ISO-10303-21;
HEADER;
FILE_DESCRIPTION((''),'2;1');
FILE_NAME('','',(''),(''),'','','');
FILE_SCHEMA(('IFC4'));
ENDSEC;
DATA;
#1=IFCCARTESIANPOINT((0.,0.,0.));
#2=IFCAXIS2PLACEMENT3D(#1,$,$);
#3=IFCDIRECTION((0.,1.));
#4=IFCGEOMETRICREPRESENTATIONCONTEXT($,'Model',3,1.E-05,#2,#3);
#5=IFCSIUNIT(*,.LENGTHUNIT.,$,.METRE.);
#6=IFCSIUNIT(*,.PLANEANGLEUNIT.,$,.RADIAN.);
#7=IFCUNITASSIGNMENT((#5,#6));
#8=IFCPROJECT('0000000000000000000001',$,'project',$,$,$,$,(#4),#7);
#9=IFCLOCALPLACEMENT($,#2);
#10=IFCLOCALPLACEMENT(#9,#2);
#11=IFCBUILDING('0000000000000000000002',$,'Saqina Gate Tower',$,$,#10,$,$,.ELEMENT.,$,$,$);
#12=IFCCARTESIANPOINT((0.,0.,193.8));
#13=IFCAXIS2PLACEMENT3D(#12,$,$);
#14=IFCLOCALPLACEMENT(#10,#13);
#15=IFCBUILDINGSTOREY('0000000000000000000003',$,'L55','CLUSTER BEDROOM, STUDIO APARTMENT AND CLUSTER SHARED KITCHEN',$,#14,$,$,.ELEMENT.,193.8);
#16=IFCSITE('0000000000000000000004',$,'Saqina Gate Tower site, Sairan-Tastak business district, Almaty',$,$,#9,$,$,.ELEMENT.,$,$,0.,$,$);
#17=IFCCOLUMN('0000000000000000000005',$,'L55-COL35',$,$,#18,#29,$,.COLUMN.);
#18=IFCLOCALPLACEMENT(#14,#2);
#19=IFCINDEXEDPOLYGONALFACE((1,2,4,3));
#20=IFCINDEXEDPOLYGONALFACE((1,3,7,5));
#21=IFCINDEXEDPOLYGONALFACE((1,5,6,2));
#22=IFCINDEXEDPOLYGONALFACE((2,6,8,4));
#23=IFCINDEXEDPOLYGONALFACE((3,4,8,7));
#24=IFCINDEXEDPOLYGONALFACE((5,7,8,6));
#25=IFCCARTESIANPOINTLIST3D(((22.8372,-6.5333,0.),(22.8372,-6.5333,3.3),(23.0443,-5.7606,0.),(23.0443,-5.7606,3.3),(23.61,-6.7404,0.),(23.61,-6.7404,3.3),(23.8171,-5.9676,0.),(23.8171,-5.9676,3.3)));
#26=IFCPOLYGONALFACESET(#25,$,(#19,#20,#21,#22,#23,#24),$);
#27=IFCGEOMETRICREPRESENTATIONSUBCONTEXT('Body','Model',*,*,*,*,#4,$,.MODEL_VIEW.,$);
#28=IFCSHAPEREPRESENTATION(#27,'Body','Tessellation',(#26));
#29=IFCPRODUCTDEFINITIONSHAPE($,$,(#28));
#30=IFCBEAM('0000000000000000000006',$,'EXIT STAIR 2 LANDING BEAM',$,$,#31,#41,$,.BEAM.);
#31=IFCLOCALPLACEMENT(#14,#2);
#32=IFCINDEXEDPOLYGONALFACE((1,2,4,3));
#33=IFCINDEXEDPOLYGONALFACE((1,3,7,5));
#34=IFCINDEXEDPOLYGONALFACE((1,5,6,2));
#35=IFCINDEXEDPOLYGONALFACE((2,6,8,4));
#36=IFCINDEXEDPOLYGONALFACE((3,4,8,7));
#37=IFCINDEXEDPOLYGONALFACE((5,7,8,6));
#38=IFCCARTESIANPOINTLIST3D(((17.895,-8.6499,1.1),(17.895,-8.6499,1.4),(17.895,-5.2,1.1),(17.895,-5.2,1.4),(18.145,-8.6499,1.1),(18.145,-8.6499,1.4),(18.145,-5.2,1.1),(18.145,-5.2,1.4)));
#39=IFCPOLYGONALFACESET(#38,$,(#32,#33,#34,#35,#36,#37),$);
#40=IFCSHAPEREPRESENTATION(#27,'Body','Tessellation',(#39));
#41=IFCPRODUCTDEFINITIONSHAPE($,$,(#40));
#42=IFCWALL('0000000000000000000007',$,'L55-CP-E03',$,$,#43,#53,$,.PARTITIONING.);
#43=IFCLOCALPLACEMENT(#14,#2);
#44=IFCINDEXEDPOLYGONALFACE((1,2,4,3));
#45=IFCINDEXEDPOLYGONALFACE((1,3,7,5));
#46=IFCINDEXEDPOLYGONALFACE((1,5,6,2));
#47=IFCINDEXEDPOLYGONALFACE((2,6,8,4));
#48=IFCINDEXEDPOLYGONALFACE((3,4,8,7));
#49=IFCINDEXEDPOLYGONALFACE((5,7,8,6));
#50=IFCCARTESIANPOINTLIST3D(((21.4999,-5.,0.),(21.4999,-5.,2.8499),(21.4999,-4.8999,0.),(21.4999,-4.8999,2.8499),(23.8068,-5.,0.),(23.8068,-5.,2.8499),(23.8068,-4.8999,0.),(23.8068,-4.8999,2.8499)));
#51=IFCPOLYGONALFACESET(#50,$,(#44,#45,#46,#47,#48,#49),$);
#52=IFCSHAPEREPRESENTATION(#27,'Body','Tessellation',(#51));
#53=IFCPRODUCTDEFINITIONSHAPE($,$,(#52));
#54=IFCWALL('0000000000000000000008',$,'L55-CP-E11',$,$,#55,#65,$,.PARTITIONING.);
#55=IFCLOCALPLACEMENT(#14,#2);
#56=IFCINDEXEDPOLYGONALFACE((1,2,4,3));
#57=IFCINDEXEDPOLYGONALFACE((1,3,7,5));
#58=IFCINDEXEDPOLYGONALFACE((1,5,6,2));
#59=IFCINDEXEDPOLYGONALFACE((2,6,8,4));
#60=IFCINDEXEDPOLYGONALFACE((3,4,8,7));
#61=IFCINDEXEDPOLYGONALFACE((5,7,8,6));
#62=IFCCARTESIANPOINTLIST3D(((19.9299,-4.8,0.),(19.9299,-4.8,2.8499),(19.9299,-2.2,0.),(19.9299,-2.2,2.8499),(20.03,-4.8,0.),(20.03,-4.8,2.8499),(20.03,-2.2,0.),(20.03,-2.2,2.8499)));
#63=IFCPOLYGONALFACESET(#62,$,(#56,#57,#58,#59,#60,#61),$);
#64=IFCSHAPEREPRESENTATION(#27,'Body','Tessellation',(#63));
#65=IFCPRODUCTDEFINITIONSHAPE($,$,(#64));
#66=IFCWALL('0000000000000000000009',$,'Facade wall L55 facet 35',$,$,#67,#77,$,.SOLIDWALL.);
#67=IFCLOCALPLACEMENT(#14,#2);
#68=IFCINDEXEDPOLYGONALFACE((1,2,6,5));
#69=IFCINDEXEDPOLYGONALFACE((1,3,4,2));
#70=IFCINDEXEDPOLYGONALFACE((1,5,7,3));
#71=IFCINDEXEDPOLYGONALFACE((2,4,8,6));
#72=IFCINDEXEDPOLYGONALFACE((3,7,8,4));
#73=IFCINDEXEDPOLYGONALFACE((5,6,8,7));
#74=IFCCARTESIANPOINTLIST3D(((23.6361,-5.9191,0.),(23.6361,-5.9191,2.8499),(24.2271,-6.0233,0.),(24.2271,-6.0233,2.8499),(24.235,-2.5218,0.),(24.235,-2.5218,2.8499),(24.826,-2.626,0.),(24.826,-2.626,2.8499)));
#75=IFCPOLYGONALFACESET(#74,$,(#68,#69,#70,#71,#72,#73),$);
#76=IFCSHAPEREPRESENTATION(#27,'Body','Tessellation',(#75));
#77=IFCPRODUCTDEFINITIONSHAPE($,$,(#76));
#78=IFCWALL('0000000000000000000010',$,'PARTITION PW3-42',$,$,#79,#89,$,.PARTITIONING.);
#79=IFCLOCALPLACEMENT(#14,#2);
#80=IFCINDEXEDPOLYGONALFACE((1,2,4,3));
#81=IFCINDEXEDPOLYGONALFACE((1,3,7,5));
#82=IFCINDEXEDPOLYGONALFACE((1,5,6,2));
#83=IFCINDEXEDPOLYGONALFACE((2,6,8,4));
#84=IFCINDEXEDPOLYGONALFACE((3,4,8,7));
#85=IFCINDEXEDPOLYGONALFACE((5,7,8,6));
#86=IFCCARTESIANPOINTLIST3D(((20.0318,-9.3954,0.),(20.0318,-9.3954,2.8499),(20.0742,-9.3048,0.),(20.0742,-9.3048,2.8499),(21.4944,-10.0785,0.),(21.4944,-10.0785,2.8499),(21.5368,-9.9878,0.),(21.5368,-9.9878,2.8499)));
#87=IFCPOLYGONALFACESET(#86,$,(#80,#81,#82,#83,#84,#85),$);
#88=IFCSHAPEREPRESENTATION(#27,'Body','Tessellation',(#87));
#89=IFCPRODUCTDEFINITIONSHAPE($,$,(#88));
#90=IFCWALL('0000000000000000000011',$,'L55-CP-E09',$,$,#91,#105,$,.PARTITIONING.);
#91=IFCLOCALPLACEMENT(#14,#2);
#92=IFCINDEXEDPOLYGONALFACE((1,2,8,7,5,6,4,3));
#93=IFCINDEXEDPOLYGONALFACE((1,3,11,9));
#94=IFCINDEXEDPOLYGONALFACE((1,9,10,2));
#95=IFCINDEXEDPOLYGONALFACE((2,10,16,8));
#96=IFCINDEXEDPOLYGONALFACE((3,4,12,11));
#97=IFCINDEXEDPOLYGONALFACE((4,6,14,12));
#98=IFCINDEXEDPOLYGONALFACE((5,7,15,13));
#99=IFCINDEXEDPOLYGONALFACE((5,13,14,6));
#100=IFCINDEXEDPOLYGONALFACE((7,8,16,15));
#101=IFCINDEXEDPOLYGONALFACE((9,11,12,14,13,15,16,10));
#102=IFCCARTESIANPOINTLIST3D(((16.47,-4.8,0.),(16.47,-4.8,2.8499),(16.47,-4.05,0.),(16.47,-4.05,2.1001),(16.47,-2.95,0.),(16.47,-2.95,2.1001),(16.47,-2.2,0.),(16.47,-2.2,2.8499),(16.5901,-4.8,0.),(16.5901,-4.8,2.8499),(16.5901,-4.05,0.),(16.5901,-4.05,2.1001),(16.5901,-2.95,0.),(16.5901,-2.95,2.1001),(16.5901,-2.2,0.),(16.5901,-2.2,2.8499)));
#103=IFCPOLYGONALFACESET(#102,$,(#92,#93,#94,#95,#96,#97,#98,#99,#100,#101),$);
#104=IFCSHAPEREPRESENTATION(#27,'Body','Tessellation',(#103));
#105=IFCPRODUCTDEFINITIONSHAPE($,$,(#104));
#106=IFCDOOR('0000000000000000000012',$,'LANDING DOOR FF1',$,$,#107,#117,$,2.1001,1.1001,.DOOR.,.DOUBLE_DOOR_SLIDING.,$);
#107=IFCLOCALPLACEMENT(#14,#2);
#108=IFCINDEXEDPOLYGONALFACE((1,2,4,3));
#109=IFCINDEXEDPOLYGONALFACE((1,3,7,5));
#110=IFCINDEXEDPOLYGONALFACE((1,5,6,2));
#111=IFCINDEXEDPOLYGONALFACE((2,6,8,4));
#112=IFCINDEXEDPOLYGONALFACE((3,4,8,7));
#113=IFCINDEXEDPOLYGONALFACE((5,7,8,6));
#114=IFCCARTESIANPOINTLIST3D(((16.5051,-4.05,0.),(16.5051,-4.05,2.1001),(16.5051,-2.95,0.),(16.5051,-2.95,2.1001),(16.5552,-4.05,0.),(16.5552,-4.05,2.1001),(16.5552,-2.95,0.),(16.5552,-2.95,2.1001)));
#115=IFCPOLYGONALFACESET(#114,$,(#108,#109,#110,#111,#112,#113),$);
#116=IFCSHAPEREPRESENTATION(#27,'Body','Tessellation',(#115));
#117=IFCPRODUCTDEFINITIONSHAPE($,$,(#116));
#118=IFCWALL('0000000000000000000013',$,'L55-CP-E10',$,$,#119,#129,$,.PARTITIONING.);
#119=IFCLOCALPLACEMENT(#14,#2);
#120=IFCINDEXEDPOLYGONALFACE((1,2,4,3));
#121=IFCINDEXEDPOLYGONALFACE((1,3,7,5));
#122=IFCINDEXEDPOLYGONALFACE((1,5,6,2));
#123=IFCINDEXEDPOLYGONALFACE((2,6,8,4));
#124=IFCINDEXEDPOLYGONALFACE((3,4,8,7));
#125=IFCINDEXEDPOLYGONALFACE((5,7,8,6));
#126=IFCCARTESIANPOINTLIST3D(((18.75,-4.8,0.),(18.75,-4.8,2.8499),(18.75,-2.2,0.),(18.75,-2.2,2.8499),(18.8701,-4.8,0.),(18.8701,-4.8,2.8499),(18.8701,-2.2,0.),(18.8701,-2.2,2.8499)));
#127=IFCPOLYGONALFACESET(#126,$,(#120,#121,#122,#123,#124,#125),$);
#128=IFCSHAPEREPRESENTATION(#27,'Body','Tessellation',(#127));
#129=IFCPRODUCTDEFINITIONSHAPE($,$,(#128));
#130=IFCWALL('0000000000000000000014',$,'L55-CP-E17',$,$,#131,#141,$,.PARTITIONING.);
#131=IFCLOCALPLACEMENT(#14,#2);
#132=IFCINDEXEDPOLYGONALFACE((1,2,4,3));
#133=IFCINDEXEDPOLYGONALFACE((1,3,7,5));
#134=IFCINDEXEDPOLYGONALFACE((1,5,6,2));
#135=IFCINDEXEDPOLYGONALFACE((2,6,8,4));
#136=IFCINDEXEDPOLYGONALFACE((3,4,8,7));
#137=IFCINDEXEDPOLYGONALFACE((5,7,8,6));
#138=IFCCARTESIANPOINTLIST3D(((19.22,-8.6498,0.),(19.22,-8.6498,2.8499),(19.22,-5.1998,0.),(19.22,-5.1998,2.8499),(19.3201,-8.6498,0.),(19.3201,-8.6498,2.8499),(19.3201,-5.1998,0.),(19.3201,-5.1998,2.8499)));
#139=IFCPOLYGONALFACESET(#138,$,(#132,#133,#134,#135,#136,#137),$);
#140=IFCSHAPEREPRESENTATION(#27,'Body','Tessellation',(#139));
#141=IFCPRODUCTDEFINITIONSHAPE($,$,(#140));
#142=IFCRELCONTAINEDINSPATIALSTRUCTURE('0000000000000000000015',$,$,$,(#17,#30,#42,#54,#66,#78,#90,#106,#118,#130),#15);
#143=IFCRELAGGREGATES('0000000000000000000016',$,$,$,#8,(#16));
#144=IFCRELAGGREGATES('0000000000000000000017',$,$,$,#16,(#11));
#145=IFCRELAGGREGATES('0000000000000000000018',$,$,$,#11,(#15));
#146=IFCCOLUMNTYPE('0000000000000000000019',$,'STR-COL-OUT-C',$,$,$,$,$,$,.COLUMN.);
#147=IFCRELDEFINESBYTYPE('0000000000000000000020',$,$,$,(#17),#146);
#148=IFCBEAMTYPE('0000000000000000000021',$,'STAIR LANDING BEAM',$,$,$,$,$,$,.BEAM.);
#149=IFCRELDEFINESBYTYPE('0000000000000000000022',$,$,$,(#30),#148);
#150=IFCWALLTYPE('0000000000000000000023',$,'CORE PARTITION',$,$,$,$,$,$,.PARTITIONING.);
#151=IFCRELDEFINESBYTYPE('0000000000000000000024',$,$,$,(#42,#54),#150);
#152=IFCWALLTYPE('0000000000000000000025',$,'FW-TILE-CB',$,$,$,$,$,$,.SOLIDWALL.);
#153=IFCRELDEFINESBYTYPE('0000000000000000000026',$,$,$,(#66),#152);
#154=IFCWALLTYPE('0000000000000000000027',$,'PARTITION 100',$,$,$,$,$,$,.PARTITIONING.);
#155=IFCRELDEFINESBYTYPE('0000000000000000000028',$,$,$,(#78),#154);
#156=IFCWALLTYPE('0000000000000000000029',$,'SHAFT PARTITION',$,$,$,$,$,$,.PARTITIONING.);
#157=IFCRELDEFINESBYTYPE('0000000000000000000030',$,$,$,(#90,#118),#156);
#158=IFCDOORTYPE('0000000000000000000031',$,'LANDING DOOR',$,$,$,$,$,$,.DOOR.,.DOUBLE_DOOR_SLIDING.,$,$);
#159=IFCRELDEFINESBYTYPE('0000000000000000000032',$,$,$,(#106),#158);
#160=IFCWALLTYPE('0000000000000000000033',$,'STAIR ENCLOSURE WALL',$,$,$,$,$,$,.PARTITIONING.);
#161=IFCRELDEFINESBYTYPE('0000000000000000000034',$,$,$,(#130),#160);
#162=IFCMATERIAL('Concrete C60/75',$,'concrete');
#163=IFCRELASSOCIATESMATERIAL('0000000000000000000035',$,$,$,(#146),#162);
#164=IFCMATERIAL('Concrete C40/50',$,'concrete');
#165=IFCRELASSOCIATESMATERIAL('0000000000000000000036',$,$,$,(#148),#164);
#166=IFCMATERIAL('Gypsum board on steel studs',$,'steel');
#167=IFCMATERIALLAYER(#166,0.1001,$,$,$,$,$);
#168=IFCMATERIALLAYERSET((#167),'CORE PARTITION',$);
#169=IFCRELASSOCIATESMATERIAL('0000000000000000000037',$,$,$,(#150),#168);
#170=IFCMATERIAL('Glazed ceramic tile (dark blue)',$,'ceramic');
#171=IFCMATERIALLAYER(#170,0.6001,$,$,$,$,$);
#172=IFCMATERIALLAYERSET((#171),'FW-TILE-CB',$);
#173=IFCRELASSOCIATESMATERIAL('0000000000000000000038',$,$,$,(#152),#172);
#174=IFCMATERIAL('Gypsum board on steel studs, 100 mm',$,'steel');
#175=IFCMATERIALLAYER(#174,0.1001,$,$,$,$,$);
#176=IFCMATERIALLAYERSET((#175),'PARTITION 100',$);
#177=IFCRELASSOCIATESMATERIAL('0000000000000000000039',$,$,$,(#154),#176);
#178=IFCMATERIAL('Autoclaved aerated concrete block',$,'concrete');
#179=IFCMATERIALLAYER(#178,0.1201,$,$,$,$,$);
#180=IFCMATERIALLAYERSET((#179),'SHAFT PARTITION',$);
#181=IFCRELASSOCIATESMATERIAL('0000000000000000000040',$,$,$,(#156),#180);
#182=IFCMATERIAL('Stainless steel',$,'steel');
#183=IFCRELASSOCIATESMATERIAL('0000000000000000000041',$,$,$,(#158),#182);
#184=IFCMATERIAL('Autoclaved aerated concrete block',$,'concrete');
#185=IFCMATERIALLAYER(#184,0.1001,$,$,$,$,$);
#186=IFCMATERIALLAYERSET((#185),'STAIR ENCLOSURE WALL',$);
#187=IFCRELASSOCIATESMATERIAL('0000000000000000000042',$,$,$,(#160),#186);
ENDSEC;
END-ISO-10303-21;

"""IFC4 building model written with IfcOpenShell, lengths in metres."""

from ifc_helpers import new_model, si_unit, direction, frame, frame_2d, origin, origin_2d, place, context, subcontext, project, spatial, rectangle, extrude, material, layer, layer_set, material_profile, profile_set, type_object, element, fill, save


model = new_model("IFC4")

# Units and contexts
model_context = context("Model", 3, precision=1e-05, world=origin(), true_north=direction((0.0, 1.0)))
body_context = subcontext(model_context, "Body", "Model", "MODEL_VIEW")
ifc_project = project(units=[si_unit("LENGTHUNIT", "METRE"), si_unit("PLANEANGLEUNIT", "RADIAN")], contexts=[model_context])

# Site, building, storey
site_placement = place(None, origin())
site = spatial("IfcSite", under=ifc_project, at=site_placement, Name="Saqina Gate Tower site, Sairan-Tastak business district, Almaty", CompositionType="ELEMENT", RefElevation=0.0)
building_placement = place(site_placement, origin())
building = spatial("IfcBuilding", under=site, at=building_placement, Name="Saqina Gate Tower", CompositionType="ELEMENT")
storey_placement = place(building_placement, frame((0.0, 0.0, 193.8)))
storey = spatial("IfcBuildingStorey", under=building, at=storey_placement, Name="L55", Description="CLUSTER BEDROOM, STUDIO APARTMENT AND CLUSTER SHARED KITCHEN", CompositionType="ELEMENT", Elevation=193.8)

# Column
ifc_material_1 = material(Name="Concrete C60/75", Category="concrete")
ifc_material_profile_1 = material_profile(ifc_material_1, rectangle(XDim=0.8, YDim=0.8, at=origin_2d()), Name="RC 800x800")
ifc_profile_set_1 = profile_set([ifc_material_profile_1], Name="Concrete C60/75")
column_type = type_object("IfcColumnType", Name="STR-COL-OUT-C", PredefinedType="COLUMN", material=ifc_profile_set_1)
column_placement = place(storey_placement, frame((23.3271, -6.2505, 0.0), z_axis=(0.0, 0.0, 1.0), x_axis=(0.965926, -0.258819, 0.0)))
element("IfcColumn", 1, at=column_placement, inside=storey, type_object=column_type, Name="L55-COL35", PredefinedType="COLUMN", context=body_context, shape_type="SweptSolid", body=[
    extrude(rectangle(XDim=0.8, YDim=0.8, at=origin_2d()), origin(), (0.0, 0.0, 1.0), 3.3),
])

# Beam
ifc_material_2 = material(Name="Concrete C40/50", Category="concrete")
ifc_material_profile_2 = material_profile(ifc_material_2, rectangle(XDim=0.25, YDim=0.3, at=origin_2d()), Name="STAIR LANDING BEAM")
ifc_profile_set_2 = profile_set([ifc_material_profile_2], Name="Concrete C40/50")
beam_type = type_object("IfcBeamType", Name="STAIR LANDING BEAM", PredefinedType="BEAM", material=ifc_profile_set_2)
beam_placement = place(storey_placement, frame((18.02, -8.6499, 1.25), z_axis=(0.0, 1.0, 0.0), x_axis=(-1.0, 0.0, 0.0)))
element("IfcBeam", 2, at=beam_placement, inside=storey, type_object=beam_type, Name="EXIT STAIR 2 LANDING BEAM", PredefinedType="BEAM", context=body_context, shape_type="SweptSolid", body=[
    extrude(rectangle(XDim=0.25, YDim=0.3, at=origin_2d()), origin(), (0.0, 0.0, 1.0), 3.45),
])

# Walls
ifc_material_3 = material(Name="Gypsum board on steel studs", Category="steel")
ifc_layer_1 = layer(ifc_material_3, 0.1001)
ifc_layer_set_1 = layer_set([ifc_layer_1], Name="CORE PARTITION")
wall_type_1 = type_object("IfcWallType", Name="CORE PARTITION", PredefinedType="PARTITIONING", material=ifc_layer_set_1)
wall_1_placement = place(storey_placement, frame((21.5, -4.95, 0.0), z_axis=(0.0, 0.0, 1.0), x_axis=(1.0, 0.0, 0.0)))
element("IfcWall", 3, at=wall_1_placement, inside=storey, type_object=wall_type_1, Name="L55-CP-E03", PredefinedType="PARTITIONING", context=body_context, shape_type="SweptSolid", body=[
    extrude(rectangle(XDim=2.3069, YDim=0.1001, at=frame_2d((1.1533, 0.0))), origin(), (0.0, 0.0, 1.0), 2.8499),
])
wall_2_placement = place(storey_placement, frame((19.98, -4.8, 0.0), z_axis=(0.0, 0.0, 1.0), x_axis=(0.0, 1.0, 0.0)))
element("IfcWall", 4, at=wall_2_placement, inside=storey, type_object=wall_type_1, Name="L55-CP-E11", PredefinedType="PARTITIONING", context=body_context, shape_type="SweptSolid", body=[
    extrude(rectangle(XDim=2.6001, YDim=0.1001, at=frame_2d((1.3, 0.0))), origin(), (0.0, 0.0, 1.0), 2.8499),
])
ifc_material_4 = material(Name="Glazed ceramic tile (dark blue)", Category="ceramic")
ifc_layer_2 = layer(ifc_material_4, 0.6001)
ifc_layer_set_2 = layer_set([ifc_layer_2], Name="FW-TILE-CB")
wall_type_2 = type_object("IfcWallType", Name="FW-TILE-CB", PredefinedType="SOLIDWALL", material=ifc_layer_set_2)
wall_3_placement = place(storey_placement, frame((23.9316, -5.9712, 0.0), z_axis=(0.0, 0.0, 1.0), x_axis=(0.173608, 0.984815, 0.0)))
element("IfcWall", 5, at=wall_3_placement, inside=storey, type_object=wall_type_2, Name="Facade wall L55 facet 35", PredefinedType="SOLIDWALL", context=body_context, shape_type="SweptSolid", body=[
    extrude(rectangle(XDim=3.4497, YDim=0.6001, at=frame_2d((1.7249, 0.0))), origin(), (0.0, 0.0, 1.0), 2.8499),
])
ifc_material_5 = material(Name="Gypsum board on steel studs, 100 mm", Category="steel")
ifc_layer_3 = layer(ifc_material_5, 0.1001)
ifc_layer_set_3 = layer_set([ifc_layer_3], Name="PARTITION 100")
wall_type_3 = type_object("IfcWallType", Name="PARTITION 100", PredefinedType="PARTITIONING", material=ifc_layer_set_3)
wall_4_placement = place(storey_placement, frame((20.053, -9.3501, 0.0), z_axis=(0.0, 0.0, 1.0), x_axis=(0.906056, -0.423159, 0.0)))
element("IfcWall", 6, at=wall_4_placement, inside=storey, type_object=wall_type_3, Name="PARTITION PW3-42", PredefinedType="PARTITIONING", context=body_context, shape_type="SweptSolid", body=[
    extrude(rectangle(XDim=1.6143, YDim=0.1001, at=frame_2d((0.8071, 0.0))), origin(), (0.0, 0.0, 1.0), 2.8499),
])

# Wall, opening, door
ifc_material_6 = material(Name="Autoclaved aerated concrete block", Category="concrete")
ifc_layer_4 = layer(ifc_material_6, 0.1201)
ifc_layer_set_4 = layer_set([ifc_layer_4], Name="SHAFT PARTITION")
wall_type_4 = type_object("IfcWallType", Name="SHAFT PARTITION", PredefinedType="PARTITIONING", material=ifc_layer_set_4)
wall_5_placement = place(storey_placement, frame((16.53, -4.8, 0.0), z_axis=(0.0, 0.0, 1.0), x_axis=(0.0, 1.0, 0.0)))
wall_5 = element("IfcWall", 7, at=wall_5_placement, inside=storey, type_object=wall_type_4, Name="L55-CP-E09", PredefinedType="PARTITIONING", context=body_context, shape_type="SweptSolid", body=[
    extrude(rectangle(XDim=2.6001, YDim=0.1201, at=frame_2d((1.3, 0.0))), origin(), (0.0, 0.0, 1.0), 2.8499),
])
opening_1_placement = place(wall_5_placement, frame((0.75, 0.0, 0.0)))
opening_1 = element("IfcOpeningElement", 8, at=opening_1_placement, cuts=wall_5, PredefinedType="OPENING", context=body_context, shape_type="SweptSolid", body=[
    extrude(rectangle(XDim=1.1001, YDim=2.1001, at=frame_2d((0.55, 1.05))), frame((0.0, 0.072, 0.0), z_axis=(0.0, -1.0, 0.0), x_axis=(1.0, 0.0, 0.0)), (0.0, 0.0, 1.0), 0.144),
])
ifc_material_7 = material(Name="Stainless steel", Category="steel")
door_type_1 = type_object("IfcDoorType", Name="LANDING DOOR", OperationType="DOUBLE_DOOR_SLIDING", PredefinedType="DOOR", material=ifc_material_7)
door_1_placement = place(opening_1_placement, origin())
door_1 = element("IfcDoor", 9, at=door_1_placement, inside=storey, type_object=door_type_1, Name="LANDING DOOR FF1", OperationType="DOUBLE_DOOR_SLIDING", OverallHeight=2.1001, OverallWidth=1.1001, PredefinedType="DOOR", context=body_context, shape_type="SweptSolid", body=[
    extrude(rectangle(XDim=1.1001, YDim=2.1001, at=frame_2d((0.55, 1.05))), frame((0.0, 0.0249, 0.0), z_axis=(0.0, -1.0, 0.0), x_axis=(1.0, 0.0, 0.0)), (0.0, 0.0, 1.0), 0.05),
])
fill(opening_1, door_1)

# Walls
wall_6_placement = place(storey_placement, frame((18.8101, -4.8, 0.0), z_axis=(0.0, 0.0, 1.0), x_axis=(0.0, 1.0, 0.0)))
element("IfcWall", 10, at=wall_6_placement, inside=storey, type_object=wall_type_4, Name="L55-CP-E10", PredefinedType="PARTITIONING", context=body_context, shape_type="SweptSolid", body=[
    extrude(rectangle(XDim=2.6001, YDim=0.1201, at=frame_2d((1.3, 0.0))), origin(), (0.0, 0.0, 1.0), 2.8499),
])
ifc_material_8 = material(Name="Autoclaved aerated concrete block", Category="concrete")
ifc_layer_5 = layer(ifc_material_8, 0.1001)
ifc_layer_set_5 = layer_set([ifc_layer_5], Name="STAIR ENCLOSURE WALL")
wall_type_5 = type_object("IfcWallType", Name="STAIR ENCLOSURE WALL", PredefinedType="PARTITIONING", material=ifc_layer_set_5)
wall_7_placement = place(storey_placement, frame((19.27, -8.6499, 0.0), z_axis=(0.0, 0.0, 1.0), x_axis=(0.0, 1.0, 0.0)))
element("IfcWall", 11, at=wall_7_placement, inside=storey, type_object=wall_type_5, Name="L55-CP-E17", PredefinedType="PARTITIONING", context=body_context, shape_type="SweptSolid", body=[
    extrude(rectangle(XDim=3.45, YDim=0.1001, at=frame_2d((1.7251, 0.0))), origin(), (0.0, 0.0, 1.0), 2.8499),
])

save(model, "model.ifc")
